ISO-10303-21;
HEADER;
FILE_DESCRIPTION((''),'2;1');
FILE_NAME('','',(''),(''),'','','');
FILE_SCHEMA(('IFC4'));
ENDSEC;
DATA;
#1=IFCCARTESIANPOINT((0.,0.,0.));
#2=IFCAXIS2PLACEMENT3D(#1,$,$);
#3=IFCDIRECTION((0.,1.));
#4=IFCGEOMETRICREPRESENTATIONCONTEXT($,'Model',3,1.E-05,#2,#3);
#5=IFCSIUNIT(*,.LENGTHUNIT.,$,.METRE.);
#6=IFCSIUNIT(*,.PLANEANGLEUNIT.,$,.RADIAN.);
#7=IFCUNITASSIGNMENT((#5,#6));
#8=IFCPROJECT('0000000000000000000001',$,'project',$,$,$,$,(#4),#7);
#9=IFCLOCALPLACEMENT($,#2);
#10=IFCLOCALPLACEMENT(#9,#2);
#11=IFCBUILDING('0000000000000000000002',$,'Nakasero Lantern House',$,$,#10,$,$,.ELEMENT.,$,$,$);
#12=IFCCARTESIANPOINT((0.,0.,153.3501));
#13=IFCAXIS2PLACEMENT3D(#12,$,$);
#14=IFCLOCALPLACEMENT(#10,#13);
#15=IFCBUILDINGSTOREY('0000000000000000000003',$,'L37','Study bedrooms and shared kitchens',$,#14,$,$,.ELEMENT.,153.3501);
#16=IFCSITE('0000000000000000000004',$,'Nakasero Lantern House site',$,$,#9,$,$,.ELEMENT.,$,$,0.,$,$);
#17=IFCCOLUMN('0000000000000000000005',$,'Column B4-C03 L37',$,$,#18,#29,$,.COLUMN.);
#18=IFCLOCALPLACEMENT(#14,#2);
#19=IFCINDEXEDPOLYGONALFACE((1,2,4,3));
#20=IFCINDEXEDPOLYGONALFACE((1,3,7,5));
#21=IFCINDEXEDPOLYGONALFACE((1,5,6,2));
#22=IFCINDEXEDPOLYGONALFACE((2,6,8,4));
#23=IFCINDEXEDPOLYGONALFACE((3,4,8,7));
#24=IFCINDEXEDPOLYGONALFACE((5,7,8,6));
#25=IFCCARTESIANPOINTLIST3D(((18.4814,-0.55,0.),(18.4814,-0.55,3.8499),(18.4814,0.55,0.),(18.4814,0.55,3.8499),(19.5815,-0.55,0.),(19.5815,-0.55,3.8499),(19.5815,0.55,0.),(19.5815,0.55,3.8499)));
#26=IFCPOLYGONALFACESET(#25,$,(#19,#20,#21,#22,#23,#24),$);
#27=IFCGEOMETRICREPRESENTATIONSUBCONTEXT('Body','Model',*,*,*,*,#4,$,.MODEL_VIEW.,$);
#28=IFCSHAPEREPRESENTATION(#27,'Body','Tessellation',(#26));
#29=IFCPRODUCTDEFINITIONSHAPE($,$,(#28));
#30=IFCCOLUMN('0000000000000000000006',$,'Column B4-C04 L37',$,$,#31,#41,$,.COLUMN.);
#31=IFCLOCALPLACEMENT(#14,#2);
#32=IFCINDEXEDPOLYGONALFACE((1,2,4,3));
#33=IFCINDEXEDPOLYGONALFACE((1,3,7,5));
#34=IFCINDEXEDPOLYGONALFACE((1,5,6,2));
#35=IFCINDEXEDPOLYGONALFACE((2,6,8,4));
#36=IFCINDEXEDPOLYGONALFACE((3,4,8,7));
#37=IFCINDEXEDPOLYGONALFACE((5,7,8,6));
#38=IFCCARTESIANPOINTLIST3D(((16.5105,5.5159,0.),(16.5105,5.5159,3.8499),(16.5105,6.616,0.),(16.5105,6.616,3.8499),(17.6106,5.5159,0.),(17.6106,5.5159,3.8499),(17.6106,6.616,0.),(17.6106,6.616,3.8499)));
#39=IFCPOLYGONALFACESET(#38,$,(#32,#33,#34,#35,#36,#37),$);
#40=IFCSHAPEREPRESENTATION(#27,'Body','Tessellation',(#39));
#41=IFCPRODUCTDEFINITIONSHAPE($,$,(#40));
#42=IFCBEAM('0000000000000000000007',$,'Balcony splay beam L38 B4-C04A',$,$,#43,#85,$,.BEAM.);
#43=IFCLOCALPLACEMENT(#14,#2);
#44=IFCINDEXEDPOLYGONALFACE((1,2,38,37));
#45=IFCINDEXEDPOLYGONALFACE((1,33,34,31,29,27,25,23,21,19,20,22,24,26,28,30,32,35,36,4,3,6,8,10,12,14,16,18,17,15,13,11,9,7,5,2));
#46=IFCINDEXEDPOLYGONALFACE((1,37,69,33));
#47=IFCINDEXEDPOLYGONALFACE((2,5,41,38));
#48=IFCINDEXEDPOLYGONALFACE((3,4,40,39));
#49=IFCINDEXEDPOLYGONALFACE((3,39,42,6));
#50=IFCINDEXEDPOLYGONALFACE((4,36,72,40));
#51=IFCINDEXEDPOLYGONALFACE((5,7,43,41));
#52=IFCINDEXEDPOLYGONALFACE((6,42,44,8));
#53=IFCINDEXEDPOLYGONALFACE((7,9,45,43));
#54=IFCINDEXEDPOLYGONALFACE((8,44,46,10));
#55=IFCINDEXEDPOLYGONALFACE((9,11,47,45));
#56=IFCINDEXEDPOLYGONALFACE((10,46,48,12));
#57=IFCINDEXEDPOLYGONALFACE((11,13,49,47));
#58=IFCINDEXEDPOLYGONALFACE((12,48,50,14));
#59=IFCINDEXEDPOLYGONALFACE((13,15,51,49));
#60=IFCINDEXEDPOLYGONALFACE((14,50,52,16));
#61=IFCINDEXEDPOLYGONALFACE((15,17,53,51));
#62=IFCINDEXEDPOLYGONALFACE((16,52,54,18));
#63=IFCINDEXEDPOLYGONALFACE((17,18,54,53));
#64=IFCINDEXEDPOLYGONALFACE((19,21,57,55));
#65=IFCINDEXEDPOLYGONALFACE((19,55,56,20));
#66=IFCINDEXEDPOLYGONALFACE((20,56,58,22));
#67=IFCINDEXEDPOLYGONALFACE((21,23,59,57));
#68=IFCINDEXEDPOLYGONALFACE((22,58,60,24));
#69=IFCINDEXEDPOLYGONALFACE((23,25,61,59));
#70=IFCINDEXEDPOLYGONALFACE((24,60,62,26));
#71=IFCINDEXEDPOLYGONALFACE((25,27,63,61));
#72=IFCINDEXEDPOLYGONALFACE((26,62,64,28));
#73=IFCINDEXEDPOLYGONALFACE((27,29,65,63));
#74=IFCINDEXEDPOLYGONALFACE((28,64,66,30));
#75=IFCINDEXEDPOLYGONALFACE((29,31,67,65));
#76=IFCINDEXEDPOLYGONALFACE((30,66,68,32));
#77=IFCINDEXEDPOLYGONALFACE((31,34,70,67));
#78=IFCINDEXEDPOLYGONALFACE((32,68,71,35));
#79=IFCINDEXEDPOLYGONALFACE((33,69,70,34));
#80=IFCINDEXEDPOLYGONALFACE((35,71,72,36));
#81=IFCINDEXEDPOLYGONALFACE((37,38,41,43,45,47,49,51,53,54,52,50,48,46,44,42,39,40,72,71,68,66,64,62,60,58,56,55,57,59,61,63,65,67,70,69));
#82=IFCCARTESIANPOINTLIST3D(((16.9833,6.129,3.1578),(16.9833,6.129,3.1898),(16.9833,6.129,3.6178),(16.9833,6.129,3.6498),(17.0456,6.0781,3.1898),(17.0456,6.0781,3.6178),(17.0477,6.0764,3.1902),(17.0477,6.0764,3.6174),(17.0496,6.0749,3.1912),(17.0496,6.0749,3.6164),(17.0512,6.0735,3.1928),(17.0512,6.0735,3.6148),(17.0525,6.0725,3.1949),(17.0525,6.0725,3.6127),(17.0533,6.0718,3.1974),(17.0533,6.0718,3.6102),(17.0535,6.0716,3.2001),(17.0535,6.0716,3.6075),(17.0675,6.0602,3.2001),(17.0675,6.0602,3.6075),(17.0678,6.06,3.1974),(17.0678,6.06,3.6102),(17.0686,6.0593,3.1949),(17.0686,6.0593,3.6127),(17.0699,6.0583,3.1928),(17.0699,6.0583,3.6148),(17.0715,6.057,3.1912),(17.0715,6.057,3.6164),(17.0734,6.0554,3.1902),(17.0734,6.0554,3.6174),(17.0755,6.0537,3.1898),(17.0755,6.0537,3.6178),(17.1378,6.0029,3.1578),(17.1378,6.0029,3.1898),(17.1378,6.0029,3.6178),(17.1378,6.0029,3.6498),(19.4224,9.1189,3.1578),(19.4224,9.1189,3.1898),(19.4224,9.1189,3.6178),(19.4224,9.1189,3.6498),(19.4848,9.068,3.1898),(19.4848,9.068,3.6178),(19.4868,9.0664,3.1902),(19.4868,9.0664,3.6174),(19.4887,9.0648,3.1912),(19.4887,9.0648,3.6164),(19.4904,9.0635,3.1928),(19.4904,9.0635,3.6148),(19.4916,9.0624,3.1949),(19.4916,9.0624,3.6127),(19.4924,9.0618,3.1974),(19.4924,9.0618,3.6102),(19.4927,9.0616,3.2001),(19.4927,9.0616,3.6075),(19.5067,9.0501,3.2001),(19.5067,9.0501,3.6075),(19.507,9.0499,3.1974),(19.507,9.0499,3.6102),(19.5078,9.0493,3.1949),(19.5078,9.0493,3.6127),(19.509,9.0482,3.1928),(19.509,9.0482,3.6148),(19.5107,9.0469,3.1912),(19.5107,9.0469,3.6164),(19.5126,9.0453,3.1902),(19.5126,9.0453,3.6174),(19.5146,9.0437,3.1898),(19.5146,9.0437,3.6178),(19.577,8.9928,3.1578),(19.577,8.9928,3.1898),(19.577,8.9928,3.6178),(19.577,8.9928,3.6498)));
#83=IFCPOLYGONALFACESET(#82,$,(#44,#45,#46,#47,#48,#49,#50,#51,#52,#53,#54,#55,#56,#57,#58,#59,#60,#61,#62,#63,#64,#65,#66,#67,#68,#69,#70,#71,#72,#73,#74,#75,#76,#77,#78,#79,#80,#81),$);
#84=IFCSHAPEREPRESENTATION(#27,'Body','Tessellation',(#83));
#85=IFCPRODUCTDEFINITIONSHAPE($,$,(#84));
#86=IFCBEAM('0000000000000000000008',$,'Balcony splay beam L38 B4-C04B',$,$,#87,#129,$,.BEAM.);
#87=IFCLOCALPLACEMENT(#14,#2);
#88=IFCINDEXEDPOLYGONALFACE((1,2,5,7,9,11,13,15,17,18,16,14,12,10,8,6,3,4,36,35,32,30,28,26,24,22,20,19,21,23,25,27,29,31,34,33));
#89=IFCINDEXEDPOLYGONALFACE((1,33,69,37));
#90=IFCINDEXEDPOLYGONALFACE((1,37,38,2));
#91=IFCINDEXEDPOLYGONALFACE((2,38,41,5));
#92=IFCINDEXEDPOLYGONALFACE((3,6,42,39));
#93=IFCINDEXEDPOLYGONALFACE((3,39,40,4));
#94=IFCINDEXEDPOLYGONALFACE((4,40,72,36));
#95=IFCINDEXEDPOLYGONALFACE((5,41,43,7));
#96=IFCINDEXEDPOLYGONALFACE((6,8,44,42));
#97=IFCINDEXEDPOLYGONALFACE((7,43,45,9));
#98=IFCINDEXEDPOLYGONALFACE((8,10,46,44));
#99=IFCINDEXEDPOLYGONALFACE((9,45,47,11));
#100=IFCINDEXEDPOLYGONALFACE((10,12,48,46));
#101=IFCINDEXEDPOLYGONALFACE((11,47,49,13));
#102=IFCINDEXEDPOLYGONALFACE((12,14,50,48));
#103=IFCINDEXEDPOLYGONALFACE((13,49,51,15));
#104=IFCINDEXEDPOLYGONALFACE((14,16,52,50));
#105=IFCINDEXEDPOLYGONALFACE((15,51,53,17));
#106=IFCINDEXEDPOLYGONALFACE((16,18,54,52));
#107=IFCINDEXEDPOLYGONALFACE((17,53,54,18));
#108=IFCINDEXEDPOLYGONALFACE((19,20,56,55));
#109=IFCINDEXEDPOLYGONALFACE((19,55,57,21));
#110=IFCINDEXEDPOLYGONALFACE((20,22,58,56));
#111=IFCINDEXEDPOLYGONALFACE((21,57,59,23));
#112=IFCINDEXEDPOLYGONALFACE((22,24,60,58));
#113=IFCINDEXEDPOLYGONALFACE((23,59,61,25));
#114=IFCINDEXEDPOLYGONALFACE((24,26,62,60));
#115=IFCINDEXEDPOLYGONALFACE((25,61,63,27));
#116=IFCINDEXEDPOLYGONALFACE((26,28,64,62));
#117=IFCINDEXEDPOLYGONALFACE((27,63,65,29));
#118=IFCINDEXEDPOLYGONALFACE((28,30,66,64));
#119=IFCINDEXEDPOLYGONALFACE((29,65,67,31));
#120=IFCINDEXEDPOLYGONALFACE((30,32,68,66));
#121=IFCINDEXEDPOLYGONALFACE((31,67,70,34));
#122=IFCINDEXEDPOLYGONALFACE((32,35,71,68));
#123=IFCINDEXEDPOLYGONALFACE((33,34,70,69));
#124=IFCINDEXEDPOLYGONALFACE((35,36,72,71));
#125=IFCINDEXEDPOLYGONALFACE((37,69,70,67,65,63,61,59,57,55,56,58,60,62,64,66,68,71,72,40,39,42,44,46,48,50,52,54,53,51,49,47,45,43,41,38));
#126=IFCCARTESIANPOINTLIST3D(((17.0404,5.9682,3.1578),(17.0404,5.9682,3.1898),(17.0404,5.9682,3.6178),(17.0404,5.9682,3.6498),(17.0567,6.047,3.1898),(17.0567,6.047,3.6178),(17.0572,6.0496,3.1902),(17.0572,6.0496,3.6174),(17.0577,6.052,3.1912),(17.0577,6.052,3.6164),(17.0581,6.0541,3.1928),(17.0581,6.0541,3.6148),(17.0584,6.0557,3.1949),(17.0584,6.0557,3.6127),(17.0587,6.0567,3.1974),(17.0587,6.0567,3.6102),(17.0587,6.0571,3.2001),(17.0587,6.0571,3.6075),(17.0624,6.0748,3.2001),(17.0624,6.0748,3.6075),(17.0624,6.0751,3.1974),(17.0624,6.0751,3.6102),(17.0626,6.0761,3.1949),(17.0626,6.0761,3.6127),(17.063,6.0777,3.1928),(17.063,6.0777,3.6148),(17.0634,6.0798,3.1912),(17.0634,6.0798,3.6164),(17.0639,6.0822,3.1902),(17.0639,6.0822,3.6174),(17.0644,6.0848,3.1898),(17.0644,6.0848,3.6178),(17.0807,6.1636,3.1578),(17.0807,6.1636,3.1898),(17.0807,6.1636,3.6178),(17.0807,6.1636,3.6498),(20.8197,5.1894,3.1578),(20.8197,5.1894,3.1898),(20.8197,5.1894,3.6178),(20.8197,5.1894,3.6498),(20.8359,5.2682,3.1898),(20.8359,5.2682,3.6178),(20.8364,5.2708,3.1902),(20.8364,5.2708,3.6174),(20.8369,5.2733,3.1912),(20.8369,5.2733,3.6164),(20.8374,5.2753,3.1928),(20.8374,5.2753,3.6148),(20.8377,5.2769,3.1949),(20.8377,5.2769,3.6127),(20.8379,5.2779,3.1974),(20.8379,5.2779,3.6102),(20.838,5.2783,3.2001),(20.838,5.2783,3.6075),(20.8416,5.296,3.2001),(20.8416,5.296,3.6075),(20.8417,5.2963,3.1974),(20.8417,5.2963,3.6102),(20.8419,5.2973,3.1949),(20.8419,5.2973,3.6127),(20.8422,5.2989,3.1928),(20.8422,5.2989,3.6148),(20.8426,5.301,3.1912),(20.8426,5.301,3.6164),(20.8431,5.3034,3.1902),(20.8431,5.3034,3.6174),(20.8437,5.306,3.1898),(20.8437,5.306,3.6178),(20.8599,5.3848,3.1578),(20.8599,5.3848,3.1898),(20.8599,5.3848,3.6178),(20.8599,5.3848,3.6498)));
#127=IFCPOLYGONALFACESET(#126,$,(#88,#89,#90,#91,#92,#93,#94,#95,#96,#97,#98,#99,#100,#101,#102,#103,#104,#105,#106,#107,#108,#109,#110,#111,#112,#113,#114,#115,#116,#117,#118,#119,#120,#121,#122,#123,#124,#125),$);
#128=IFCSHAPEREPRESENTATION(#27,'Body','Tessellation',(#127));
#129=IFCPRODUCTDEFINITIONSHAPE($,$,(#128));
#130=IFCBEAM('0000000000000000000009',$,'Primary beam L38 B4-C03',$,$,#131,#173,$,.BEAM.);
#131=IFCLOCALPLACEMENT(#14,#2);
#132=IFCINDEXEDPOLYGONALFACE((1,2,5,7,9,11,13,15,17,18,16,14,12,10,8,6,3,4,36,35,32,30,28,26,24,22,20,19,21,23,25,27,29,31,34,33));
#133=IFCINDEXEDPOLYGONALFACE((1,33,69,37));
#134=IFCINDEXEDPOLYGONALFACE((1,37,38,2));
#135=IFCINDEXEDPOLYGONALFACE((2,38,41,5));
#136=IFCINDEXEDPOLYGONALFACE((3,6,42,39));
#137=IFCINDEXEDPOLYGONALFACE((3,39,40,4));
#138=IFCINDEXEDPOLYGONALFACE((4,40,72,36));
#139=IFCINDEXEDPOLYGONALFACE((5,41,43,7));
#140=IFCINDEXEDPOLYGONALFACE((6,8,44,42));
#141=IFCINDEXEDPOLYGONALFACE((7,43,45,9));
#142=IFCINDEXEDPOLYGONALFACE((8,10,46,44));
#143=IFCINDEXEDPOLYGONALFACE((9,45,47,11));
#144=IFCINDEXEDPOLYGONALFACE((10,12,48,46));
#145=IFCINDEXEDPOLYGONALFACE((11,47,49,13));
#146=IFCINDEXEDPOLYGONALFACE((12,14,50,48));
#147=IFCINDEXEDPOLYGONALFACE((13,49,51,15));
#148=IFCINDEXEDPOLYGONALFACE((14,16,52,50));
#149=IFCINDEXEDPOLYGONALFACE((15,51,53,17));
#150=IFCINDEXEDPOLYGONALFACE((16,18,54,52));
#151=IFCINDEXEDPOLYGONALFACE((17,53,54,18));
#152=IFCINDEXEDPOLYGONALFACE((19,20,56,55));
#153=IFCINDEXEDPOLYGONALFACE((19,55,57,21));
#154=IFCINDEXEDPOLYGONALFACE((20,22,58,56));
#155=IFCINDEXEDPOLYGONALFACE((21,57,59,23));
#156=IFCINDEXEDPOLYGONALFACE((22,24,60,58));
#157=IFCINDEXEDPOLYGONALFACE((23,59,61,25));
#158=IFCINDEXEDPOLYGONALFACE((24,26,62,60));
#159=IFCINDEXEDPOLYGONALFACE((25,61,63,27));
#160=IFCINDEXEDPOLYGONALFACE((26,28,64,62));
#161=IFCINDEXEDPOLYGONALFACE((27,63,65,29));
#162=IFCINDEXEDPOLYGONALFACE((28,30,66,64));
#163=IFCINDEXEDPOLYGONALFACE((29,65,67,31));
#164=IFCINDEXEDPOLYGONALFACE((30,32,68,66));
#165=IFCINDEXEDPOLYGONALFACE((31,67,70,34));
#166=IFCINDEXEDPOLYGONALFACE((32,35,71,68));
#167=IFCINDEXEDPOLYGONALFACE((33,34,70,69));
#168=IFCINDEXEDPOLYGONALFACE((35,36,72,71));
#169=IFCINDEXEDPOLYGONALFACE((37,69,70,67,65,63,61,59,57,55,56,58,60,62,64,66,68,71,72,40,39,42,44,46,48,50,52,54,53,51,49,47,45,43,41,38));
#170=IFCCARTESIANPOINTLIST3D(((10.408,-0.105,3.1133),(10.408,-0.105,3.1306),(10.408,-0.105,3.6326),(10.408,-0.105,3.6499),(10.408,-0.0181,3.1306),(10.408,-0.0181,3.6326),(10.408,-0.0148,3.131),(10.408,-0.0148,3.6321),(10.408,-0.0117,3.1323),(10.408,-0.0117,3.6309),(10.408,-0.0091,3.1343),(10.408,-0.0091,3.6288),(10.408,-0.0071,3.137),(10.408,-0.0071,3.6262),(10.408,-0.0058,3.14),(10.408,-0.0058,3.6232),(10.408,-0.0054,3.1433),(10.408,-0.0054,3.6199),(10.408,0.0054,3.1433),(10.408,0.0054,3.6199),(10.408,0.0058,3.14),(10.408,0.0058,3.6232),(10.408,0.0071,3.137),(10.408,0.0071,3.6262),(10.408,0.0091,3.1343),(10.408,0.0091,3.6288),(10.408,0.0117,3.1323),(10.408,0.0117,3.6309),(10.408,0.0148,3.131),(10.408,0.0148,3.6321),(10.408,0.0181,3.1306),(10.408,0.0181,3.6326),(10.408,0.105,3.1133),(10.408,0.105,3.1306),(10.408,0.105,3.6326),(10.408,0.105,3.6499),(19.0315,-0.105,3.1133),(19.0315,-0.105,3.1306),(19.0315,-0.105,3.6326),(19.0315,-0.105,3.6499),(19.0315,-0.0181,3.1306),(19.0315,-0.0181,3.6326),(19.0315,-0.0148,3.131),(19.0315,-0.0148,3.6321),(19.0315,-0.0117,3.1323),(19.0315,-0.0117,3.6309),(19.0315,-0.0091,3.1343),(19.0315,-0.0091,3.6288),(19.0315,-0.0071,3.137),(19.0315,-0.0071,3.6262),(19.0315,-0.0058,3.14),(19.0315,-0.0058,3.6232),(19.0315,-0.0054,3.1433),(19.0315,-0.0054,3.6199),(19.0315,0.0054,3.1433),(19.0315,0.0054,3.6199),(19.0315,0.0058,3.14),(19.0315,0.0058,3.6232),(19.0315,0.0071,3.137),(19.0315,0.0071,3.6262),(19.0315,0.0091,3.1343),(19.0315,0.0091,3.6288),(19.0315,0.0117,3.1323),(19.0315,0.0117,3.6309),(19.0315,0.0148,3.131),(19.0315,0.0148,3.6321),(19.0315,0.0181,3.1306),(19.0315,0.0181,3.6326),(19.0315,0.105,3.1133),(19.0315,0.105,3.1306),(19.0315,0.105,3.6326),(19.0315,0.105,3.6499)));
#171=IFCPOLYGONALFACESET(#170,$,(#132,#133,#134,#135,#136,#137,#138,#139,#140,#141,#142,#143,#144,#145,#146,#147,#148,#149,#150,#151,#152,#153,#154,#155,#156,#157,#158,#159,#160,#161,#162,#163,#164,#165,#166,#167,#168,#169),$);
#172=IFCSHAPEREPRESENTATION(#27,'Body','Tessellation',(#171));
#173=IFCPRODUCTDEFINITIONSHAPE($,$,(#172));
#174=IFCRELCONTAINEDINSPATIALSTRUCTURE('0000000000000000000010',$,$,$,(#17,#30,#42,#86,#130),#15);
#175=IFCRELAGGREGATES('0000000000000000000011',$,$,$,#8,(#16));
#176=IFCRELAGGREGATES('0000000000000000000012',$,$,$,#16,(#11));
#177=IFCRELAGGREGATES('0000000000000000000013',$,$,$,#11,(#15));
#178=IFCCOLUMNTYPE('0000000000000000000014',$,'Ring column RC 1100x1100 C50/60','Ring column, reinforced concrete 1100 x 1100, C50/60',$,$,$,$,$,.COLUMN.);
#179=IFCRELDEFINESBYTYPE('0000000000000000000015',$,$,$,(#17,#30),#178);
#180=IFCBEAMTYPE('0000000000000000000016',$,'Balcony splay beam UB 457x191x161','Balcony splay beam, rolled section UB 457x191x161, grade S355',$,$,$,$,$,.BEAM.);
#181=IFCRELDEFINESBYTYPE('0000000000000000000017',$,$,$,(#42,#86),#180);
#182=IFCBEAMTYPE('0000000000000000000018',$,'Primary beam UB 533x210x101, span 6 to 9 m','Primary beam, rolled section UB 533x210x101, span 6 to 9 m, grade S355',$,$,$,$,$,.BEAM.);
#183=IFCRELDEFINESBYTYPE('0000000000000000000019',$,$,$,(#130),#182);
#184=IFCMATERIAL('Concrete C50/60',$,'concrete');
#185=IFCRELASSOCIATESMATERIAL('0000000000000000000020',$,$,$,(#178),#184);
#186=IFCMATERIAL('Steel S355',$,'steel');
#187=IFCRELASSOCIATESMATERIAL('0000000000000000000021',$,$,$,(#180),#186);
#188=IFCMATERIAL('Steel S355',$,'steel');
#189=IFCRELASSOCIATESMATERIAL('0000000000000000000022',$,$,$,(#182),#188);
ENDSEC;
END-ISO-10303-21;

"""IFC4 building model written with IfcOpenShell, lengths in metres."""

from ifc_helpers import new_model, si_unit, direction, frame, origin, origin_2d, place, context, subcontext, project, spatial, rectangle, i_section, extrude, material, material_profile, profile_set, type_object, element, save


model = new_model("IFC4")

# Units and contexts
model_context = context("Model", 3, precision=1e-05, world=origin(), true_north=direction((0.0, 1.0)))
body_context = subcontext(model_context, "Body", "Model", "MODEL_VIEW")
ifc_project = project(units=[si_unit("LENGTHUNIT", "METRE"), si_unit("PLANEANGLEUNIT", "RADIAN")], contexts=[model_context])

# Site, building, storey
site_placement = place(None, origin())
site = spatial("IfcSite", under=ifc_project, at=site_placement, Name="Nakasero Lantern House site", CompositionType="ELEMENT", RefElevation=0.0)
building_placement = place(site_placement, origin())
building = spatial("IfcBuilding", under=site, at=building_placement, Name="Nakasero Lantern House", CompositionType="ELEMENT")
storey_placement = place(building_placement, frame((0.0, 0.0, 153.3501)))
storey = spatial("IfcBuildingStorey", under=building, at=storey_placement, Name="L37", Description="Study bedrooms and shared kitchens", CompositionType="ELEMENT", Elevation=153.3501)

# Columns
ifc_material_1 = material(Name="Concrete C50/60", Category="concrete")
ifc_material_profile_1 = material_profile(ifc_material_1, rectangle(XDim=1.1001, YDim=1.1001, at=origin_2d()), Name="RC 1100x1100")
ifc_profile_set_1 = profile_set([ifc_material_profile_1], Name="Concrete C50/60")
column_type = type_object("IfcColumnType", Name="Ring column RC 1100x1100 C50/60", Description="Ring column, reinforced concrete 1100 x 1100, C50/60", PredefinedType="COLUMN", material=ifc_profile_set_1)
for number, where, z_axis, x_axis, name in (
    (1, (19.0315, 0.0, 0.0), (0.0, 0.0, 1.0), (1.0, 0.0, 0.0), "Column B4-C03 L37"),
    (2, (17.0605, 6.0659, 0.0), (0.0, 0.0, 1.0), (1.0, 0.0, 0.0), "Column B4-C04 L37"),
):
    element("IfcColumn", number, at=place(storey_placement, frame(where, z_axis=z_axis, x_axis=x_axis)), inside=storey, type_object=column_type, Name=name, PredefinedType="COLUMN", context=body_context, shape_type="SweptSolid", body=[
        extrude(rectangle(XDim=1.1001, YDim=1.1001, at=origin_2d()), origin(), (0.0, 0.0, 1.0), 3.8499),
    ])

# Beams
ifc_material_2 = material(Name="Steel S355", Category="steel")
ifc_material_profile_2 = material_profile(ifc_material_2, i_section(OverallWidth=0.1995, OverallDepth=0.4919, WebThickness=0.0181, FlangeThickness=0.032, FilletRadius=0.0103, at=origin_2d()), Name="UB 457x191x161")
ifc_profile_set_2 = profile_set([ifc_material_profile_2], Name="Steel S355")
beam_type_1 = type_object("IfcBeamType", Name="Balcony splay beam UB 457x191x161", Description="Balcony splay beam, rolled section UB 457x191x161, grade S355", PredefinedType="BEAM", material=ifc_profile_set_2)
for number, where, z_axis, x_axis, name in (
    (3, (17.0605, 6.0659, 3.4038), (0.632128, 0.774864, 0.0), (-0.774864, 0.632128, 0.0), "Balcony splay beam L38 B4-C04A"),
    (4, (17.0605, 6.0659, 3.4038), (0.97942, -0.201831, 0.0), (0.201831, 0.97942, 0.0), "Balcony splay beam L38 B4-C04B"),
):
    element("IfcBeam", number, at=place(storey_placement, frame(where, z_axis=z_axis, x_axis=x_axis)), inside=storey, type_object=beam_type_1, Name=name, PredefinedType="BEAM", context=body_context, shape_type="SweptSolid", body=[
        extrude(i_section(OverallWidth=0.1995, OverallDepth=0.4919, WebThickness=0.0181, FlangeThickness=0.032, FilletRadius=0.0103, at=origin_2d()), origin(), (0.0, 0.0, 1.0), 3.8586),
    ])
ifc_material_3 = material(Name="Steel S355", Category="steel")
ifc_material_profile_3 = material_profile(ifc_material_3, i_section(OverallWidth=0.21, OverallDepth=0.5366, WebThickness=0.0107, FlangeThickness=0.0173, FilletRadius=0.0127, at=origin_2d()), Name="UB 533x210x101")
ifc_profile_set_3 = profile_set([ifc_material_profile_3], Name="Steel S355")
beam_type_2 = type_object("IfcBeamType", Name="Primary beam UB 533x210x101, span 6 to 9 m", Description="Primary beam, rolled section UB 533x210x101, span 6 to 9 m, grade S355", PredefinedType="BEAM", material=ifc_profile_set_3)
beam_1_placement = place(storey_placement, frame((19.0315, 0.0, 3.3816), z_axis=(-1.0, 0.0, 0.0), x_axis=(0.0, -1.0, 0.0)))
element("IfcBeam", 5, at=beam_1_placement, inside=storey, type_object=beam_type_2, Name="Primary beam L38 B4-C03", PredefinedType="BEAM", context=body_context, shape_type="SweptSolid", body=[
    extrude(i_section(OverallWidth=0.21, OverallDepth=0.5366, WebThickness=0.0107, FlangeThickness=0.0173, FilletRadius=0.0127, at=origin_2d()), origin(), (0.0, 0.0, 1.0), 8.6235),
])

save(model, "model.ifc")
